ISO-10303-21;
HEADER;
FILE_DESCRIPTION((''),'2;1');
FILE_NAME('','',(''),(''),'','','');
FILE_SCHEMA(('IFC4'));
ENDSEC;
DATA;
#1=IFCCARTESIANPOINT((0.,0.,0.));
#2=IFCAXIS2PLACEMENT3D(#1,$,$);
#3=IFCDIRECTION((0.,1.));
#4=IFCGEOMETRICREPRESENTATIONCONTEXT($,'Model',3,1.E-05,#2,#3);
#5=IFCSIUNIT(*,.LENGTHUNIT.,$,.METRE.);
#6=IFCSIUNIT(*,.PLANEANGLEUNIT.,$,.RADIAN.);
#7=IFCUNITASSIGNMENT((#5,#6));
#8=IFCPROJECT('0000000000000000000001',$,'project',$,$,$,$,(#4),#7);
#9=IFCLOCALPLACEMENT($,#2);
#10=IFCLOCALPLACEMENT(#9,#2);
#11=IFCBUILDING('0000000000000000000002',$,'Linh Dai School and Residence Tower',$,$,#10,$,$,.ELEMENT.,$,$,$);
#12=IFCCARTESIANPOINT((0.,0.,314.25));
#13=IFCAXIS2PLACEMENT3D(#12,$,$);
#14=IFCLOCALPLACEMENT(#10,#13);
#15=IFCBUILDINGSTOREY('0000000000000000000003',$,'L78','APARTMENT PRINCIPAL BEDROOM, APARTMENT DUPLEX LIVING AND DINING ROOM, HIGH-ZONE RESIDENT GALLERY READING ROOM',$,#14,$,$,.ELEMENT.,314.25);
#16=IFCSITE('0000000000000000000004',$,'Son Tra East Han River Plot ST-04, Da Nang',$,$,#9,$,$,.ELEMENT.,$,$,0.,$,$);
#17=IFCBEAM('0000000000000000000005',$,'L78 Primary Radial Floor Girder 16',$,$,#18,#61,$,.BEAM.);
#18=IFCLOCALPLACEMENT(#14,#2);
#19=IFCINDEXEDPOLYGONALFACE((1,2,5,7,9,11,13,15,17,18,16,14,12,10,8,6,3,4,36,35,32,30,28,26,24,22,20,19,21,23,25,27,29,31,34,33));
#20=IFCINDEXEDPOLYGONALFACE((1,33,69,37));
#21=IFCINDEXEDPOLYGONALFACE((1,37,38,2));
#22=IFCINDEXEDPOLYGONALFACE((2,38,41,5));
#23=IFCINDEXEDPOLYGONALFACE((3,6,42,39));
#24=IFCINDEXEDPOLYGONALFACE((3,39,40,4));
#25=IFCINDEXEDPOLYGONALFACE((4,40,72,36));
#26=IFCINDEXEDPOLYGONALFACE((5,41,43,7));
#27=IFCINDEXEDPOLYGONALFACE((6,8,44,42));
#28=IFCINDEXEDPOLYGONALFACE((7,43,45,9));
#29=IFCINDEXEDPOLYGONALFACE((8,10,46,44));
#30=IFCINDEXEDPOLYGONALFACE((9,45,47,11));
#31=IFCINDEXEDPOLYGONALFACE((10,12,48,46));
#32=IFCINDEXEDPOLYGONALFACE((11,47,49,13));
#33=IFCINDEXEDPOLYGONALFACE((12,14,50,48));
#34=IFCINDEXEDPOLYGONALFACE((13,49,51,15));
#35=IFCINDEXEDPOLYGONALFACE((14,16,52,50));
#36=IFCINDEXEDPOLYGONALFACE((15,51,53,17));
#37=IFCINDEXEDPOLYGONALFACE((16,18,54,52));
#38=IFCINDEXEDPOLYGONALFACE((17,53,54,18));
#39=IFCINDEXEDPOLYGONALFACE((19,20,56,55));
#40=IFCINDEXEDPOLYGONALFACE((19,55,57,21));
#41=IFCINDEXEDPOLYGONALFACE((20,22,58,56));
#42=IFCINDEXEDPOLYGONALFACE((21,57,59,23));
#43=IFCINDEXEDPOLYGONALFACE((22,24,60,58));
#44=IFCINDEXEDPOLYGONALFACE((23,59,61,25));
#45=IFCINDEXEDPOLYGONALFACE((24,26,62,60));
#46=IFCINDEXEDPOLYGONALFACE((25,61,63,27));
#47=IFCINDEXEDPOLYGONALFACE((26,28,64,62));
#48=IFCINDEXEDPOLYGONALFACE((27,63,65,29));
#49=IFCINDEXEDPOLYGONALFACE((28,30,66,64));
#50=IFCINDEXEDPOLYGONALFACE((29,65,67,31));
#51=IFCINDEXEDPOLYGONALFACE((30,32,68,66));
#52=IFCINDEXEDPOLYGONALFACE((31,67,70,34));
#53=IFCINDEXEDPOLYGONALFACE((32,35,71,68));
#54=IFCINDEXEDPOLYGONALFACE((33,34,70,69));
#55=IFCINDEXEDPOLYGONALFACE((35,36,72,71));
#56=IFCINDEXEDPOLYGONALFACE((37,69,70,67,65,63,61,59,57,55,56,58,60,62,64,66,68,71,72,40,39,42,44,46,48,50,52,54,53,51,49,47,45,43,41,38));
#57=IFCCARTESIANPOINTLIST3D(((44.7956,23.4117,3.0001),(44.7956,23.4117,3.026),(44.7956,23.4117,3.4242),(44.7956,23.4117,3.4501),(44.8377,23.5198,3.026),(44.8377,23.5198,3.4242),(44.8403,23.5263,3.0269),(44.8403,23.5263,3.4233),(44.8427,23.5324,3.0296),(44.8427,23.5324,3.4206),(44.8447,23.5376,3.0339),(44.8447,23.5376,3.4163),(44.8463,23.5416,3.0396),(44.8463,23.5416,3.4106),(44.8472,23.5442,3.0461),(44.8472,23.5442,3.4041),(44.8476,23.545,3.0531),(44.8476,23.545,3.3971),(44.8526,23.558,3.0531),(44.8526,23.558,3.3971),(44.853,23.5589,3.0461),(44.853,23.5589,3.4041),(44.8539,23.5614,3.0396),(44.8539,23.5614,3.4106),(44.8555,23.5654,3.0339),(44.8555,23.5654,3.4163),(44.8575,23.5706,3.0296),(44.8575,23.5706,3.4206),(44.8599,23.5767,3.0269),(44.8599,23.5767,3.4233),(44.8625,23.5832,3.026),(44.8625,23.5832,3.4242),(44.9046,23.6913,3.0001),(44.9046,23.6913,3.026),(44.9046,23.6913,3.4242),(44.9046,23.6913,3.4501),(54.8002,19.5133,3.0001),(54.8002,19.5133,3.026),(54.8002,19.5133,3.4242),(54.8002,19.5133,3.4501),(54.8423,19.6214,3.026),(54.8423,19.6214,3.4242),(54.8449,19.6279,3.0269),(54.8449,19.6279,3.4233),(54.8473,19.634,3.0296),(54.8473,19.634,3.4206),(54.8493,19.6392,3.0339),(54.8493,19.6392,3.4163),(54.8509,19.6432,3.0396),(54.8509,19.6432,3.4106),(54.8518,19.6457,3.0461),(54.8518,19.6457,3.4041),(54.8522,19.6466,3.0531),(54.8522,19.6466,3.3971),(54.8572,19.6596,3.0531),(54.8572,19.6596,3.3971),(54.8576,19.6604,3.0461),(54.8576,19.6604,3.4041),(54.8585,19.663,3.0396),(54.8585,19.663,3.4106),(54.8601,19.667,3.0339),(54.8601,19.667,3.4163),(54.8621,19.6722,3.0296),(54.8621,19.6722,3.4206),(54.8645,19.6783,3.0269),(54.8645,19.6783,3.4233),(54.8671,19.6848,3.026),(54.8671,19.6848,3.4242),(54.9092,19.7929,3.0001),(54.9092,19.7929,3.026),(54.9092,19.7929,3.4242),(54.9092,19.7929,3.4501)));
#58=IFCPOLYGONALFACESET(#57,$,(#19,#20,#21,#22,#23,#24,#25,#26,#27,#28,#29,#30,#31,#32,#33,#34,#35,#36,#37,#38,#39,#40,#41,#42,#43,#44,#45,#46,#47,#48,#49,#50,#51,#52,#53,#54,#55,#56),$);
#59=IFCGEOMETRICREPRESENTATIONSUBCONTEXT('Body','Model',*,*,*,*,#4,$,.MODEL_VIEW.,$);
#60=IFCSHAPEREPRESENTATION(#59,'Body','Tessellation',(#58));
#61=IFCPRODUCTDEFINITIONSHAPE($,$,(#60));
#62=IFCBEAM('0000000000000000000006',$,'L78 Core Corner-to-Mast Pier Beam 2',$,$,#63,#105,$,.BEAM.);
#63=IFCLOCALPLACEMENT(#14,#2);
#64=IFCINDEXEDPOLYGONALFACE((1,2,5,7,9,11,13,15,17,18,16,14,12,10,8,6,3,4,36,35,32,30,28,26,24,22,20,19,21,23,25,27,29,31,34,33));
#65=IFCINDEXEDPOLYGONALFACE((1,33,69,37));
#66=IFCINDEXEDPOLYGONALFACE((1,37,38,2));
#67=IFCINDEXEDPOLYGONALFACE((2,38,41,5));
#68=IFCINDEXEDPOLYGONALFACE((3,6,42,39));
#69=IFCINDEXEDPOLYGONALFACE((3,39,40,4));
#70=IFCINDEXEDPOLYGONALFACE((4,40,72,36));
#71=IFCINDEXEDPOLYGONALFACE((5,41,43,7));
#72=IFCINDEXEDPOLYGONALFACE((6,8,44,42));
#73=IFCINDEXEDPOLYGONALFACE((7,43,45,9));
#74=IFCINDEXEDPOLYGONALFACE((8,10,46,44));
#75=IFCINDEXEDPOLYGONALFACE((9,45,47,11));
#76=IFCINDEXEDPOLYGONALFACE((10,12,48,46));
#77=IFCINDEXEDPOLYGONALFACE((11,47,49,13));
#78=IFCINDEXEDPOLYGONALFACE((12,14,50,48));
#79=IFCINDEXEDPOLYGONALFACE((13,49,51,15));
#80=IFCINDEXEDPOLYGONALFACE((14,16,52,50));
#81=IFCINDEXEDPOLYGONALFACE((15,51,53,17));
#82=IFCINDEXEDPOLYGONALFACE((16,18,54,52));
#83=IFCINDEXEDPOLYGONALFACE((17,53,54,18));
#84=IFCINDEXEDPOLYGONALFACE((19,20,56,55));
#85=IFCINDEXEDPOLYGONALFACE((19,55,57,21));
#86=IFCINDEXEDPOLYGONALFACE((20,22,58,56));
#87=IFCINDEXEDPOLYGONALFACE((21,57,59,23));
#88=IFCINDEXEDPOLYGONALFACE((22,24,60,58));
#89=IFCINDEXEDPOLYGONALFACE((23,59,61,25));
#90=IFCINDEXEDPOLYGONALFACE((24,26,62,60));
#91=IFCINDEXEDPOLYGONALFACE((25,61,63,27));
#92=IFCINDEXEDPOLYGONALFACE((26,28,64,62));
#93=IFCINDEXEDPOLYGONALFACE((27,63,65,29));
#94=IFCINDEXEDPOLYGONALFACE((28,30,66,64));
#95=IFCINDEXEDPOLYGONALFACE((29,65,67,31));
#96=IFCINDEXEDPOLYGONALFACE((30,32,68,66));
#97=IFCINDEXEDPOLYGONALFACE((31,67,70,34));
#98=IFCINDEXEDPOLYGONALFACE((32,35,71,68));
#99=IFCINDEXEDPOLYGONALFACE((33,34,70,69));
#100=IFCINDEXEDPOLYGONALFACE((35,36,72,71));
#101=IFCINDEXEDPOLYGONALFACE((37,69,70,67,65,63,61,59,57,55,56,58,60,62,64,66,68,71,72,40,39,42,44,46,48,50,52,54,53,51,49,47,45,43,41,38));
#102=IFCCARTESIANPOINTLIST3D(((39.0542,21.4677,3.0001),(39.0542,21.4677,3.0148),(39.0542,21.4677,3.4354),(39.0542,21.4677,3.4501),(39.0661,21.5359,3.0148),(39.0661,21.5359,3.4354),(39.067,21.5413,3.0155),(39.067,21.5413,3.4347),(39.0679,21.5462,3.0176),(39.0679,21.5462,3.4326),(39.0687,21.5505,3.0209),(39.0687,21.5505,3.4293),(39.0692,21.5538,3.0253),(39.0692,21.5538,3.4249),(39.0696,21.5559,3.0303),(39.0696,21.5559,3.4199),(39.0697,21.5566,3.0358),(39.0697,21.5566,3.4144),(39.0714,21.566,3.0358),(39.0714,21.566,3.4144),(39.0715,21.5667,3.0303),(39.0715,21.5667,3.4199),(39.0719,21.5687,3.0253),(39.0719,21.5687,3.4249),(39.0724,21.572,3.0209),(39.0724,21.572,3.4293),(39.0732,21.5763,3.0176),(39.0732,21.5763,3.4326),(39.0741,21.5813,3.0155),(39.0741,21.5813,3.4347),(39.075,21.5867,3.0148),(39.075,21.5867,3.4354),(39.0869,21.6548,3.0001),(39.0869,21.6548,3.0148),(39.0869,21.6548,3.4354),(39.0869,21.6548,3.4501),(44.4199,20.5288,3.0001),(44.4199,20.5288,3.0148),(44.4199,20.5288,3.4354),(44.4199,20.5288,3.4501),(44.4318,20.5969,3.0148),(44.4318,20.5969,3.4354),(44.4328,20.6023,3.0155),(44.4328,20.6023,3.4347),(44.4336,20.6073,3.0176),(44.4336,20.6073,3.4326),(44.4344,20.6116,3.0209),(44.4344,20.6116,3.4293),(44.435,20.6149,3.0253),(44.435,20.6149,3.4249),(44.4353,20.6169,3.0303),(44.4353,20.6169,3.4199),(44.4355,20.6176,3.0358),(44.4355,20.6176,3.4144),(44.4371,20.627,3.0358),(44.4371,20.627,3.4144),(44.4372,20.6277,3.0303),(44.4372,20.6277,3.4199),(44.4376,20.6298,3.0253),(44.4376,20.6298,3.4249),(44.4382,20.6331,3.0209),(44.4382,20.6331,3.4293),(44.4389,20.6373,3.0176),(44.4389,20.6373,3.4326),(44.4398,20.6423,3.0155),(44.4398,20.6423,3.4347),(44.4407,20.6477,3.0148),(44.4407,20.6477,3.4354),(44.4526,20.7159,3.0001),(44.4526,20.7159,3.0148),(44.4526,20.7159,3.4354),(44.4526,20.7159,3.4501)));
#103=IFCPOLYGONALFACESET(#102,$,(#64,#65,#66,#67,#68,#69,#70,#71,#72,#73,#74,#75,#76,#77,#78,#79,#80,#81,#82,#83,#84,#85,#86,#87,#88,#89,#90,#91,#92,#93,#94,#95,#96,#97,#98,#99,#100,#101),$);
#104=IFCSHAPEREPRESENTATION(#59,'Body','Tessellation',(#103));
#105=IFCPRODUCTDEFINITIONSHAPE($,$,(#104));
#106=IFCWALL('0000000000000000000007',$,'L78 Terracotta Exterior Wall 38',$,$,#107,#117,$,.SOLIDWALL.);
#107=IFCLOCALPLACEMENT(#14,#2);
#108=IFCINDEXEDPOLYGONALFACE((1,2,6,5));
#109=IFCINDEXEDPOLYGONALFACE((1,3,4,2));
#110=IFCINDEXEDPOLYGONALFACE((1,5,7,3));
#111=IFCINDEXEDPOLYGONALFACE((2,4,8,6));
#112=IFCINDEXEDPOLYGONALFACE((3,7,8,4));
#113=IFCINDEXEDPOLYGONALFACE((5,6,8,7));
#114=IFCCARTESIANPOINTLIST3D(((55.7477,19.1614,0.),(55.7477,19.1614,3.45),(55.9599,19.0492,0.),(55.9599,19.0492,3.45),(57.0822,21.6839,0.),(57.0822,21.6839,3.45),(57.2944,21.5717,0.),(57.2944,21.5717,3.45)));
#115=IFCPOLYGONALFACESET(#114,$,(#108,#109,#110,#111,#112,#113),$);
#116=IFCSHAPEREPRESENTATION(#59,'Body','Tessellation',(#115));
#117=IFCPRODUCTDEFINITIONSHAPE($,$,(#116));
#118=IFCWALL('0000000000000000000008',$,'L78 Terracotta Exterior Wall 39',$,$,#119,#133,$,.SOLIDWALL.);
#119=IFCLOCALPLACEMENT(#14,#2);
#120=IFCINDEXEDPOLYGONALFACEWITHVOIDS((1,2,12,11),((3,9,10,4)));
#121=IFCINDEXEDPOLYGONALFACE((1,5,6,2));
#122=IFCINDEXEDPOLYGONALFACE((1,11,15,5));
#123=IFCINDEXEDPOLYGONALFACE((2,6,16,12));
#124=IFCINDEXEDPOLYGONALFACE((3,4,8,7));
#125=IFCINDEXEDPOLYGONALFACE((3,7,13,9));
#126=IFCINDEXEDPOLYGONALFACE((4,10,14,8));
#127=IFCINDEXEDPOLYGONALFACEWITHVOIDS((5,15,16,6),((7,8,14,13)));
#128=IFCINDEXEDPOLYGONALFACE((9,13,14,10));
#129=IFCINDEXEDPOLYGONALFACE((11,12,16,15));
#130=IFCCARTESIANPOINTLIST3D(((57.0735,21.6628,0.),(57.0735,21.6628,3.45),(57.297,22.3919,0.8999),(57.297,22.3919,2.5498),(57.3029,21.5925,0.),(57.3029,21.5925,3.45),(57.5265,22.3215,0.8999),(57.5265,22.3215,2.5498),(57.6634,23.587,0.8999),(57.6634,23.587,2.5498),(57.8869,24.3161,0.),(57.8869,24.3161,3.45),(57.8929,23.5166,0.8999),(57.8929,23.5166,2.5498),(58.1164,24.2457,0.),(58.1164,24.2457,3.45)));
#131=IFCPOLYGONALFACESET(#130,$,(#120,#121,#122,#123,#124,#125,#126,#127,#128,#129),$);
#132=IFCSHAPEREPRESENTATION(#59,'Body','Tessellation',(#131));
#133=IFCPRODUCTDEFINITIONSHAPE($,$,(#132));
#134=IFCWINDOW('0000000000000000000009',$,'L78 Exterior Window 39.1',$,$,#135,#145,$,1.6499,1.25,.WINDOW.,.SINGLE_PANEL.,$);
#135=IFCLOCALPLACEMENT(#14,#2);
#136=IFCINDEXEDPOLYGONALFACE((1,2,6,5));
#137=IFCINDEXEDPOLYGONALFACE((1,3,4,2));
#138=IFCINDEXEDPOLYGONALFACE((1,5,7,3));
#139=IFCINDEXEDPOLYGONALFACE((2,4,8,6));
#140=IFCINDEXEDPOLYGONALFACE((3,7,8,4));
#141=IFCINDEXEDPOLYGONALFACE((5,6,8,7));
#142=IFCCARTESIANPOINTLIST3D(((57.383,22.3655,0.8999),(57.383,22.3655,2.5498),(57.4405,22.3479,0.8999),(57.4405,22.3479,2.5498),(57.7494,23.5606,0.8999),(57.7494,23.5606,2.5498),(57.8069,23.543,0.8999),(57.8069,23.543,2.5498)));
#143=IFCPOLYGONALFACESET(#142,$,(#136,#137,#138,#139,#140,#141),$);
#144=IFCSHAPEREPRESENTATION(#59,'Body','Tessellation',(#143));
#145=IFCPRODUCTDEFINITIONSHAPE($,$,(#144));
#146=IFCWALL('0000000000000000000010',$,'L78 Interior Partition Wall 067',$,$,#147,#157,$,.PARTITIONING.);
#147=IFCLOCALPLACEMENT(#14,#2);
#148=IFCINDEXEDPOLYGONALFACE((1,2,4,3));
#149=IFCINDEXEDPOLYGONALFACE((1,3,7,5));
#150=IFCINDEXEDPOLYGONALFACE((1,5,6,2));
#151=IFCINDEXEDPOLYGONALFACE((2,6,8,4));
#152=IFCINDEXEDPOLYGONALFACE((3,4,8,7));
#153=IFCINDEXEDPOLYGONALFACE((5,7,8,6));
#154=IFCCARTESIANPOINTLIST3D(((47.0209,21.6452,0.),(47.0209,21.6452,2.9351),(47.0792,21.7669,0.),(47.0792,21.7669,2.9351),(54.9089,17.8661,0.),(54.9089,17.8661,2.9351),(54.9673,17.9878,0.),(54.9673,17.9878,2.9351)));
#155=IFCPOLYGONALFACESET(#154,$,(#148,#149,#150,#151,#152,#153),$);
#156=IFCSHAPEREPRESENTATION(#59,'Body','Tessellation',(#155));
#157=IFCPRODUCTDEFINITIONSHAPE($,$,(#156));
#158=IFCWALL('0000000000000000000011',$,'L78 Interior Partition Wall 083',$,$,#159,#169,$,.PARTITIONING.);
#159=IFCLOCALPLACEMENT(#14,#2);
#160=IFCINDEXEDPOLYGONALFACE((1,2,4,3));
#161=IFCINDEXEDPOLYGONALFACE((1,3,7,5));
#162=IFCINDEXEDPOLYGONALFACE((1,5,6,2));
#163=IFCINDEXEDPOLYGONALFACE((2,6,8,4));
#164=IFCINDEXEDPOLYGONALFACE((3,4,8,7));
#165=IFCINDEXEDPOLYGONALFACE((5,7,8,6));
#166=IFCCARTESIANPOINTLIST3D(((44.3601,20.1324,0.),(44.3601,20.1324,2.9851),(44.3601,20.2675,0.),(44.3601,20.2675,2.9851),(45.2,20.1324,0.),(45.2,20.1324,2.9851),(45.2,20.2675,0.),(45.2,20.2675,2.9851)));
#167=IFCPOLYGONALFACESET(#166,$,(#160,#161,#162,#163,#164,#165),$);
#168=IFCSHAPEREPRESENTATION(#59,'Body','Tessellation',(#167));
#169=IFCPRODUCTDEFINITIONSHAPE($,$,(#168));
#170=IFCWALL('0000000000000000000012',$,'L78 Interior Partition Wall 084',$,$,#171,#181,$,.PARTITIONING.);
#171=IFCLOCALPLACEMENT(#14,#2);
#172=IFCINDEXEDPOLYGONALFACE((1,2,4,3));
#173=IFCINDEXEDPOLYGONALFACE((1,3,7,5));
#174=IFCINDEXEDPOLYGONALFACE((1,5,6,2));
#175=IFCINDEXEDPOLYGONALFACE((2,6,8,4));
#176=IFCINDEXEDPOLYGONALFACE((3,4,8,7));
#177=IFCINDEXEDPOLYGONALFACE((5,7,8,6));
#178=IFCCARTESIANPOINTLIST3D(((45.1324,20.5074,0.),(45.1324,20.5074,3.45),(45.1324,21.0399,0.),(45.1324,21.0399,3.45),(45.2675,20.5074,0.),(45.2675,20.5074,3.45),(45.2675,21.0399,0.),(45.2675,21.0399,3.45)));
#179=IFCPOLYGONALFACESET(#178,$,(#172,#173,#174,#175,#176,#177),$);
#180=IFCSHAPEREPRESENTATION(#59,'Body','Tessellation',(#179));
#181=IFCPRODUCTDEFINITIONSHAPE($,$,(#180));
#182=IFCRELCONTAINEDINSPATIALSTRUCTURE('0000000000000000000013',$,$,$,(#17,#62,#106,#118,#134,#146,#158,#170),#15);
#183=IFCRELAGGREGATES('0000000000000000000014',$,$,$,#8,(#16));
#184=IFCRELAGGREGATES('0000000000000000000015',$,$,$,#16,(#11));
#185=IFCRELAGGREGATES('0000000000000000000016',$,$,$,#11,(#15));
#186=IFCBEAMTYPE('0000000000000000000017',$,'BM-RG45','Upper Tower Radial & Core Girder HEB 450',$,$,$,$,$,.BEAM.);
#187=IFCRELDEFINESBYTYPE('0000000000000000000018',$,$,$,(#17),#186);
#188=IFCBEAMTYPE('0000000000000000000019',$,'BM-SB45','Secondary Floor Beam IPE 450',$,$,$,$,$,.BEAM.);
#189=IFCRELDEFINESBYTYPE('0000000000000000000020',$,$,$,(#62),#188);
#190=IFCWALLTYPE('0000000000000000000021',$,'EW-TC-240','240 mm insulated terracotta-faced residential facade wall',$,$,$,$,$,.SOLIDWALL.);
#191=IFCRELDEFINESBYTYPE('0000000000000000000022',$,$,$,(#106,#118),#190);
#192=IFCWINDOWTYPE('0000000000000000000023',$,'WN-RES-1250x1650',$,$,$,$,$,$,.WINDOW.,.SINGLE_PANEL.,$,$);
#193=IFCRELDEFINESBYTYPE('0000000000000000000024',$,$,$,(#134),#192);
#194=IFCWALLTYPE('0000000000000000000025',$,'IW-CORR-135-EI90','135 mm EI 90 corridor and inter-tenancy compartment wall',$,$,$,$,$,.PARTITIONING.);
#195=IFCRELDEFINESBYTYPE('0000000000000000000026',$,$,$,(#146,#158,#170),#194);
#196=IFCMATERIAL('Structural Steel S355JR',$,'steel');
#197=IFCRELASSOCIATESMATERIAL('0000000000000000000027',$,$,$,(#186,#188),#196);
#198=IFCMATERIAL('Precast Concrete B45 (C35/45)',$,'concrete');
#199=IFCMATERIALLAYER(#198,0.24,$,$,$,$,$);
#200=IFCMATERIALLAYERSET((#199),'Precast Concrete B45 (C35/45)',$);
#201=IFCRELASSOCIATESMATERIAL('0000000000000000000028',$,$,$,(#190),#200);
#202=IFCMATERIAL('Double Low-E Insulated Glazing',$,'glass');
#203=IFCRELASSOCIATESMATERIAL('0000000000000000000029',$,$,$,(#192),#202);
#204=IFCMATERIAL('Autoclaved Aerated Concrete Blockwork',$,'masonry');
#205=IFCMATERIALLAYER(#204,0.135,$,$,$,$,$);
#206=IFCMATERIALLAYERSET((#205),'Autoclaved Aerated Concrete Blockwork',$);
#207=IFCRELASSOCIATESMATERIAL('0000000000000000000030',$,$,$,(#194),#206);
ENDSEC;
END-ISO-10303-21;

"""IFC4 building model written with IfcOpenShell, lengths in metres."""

from ifc_helpers import new_model, si_unit, direction, frame, frame_2d, origin, origin_2d, place, context, subcontext, project, spatial, rectangle, i_section, extrude, source, transform, mapped, material, layer, layer_set, material_profile, profile_set, type_object, element, fill, save


model = new_model("IFC4")

# Units and contexts
model_context = context("Model", 3, precision=1e-05, world=origin(), true_north=direction((0.0, 1.0)))
body_context = subcontext(model_context, "Body", "Model", "MODEL_VIEW")
ifc_project = project(units=[si_unit("LENGTHUNIT", "METRE"), si_unit("PLANEANGLEUNIT", "RADIAN")], contexts=[model_context])

# Site, building, storey
site_placement = place(None, origin())
site = spatial("IfcSite", under=ifc_project, at=site_placement, Name="Son Tra East Han River Plot ST-04, Da Nang", CompositionType="ELEMENT", RefElevation=0.0)
building_placement = place(site_placement, origin())
building = spatial("IfcBuilding", under=site, at=building_placement, Name="Linh Dai School and Residence Tower", CompositionType="ELEMENT")
storey_placement = place(building_placement, frame((0.0, 0.0, 314.25)))
storey = spatial("IfcBuildingStorey", under=building, at=storey_placement, Name="L78", Description="APARTMENT PRINCIPAL BEDROOM, APARTMENT DUPLEX LIVING AND DINING ROOM, HIGH-ZONE RESIDENT GALLERY READING ROOM", CompositionType="ELEMENT", Elevation=314.25)

# Shared definitions
ifc_material_1 = material(Name="Structural Steel S355JR", Category="steel")

# Beams
ifc_material_profile_1 = material_profile(ifc_material_1, i_section(OverallWidth=0.3, OverallDepth=0.45, WebThickness=0.0139, FlangeThickness=0.0259, FilletRadius=0.0271, at=origin_2d()), Name="HEB 450")
ifc_profile_set_1 = profile_set([ifc_material_profile_1], Name="Structural Steel S355JR")
beam_type_1 = type_object("IfcBeamType", Name="BM-RG45", Description="Upper Tower Radial & Core Girder HEB 450", PredefinedType="BEAM", material=ifc_profile_set_1)
beam_1_placement = place(storey_placement, frame((44.8501, 23.5515, 3.2251), z_axis=(0.931761, -0.363073, 0.0), x_axis=(0.363073, 0.931761, 0.0)))
element("IfcBeam", 1, at=beam_1_placement, inside=storey, type_object=beam_type_1, Name="L78 Primary Radial Floor Girder 16", PredefinedType="BEAM", context=body_context, shape_type="SweptSolid", body=[
    extrude(i_section(OverallWidth=0.3, OverallDepth=0.45, WebThickness=0.0139, FlangeThickness=0.0259, FilletRadius=0.0271, at=origin_2d()), origin(), (0.0, 0.0, 1.0), 10.7373),
])
ifc_material_profile_2 = material_profile(ifc_material_1, i_section(OverallWidth=0.1899, OverallDepth=0.45, WebThickness=0.0095, FlangeThickness=0.0146, FilletRadius=0.021, at=origin_2d()), Name="IPE 450")
ifc_profile_set_2 = profile_set([ifc_material_profile_2], Name="Structural Steel S355JR")
beam_type_2 = type_object("IfcBeamType", Name="BM-SB45", Description="Secondary Floor Beam IPE 450", PredefinedType="BEAM", material=ifc_profile_set_2)
beam_2_placement = place(storey_placement, frame((44.4363, 20.6223, 3.2251), z_axis=(-0.985032, 0.172374, 0.0), x_axis=(-0.172374, -0.985032, 0.0)))
element("IfcBeam", 2, at=beam_2_placement, inside=storey, type_object=beam_type_2, Name="L78 Core Corner-to-Mast Pier Beam 2", PredefinedType="BEAM", context=body_context, shape_type="SweptSolid", body=[
    extrude(i_section(OverallWidth=0.1899, OverallDepth=0.45, WebThickness=0.0095, FlangeThickness=0.0146, FilletRadius=0.021, at=origin_2d()), origin(), (0.0, 0.0, 1.0), 5.4473),
])

# Wall
ifc_material_2 = material(Name="Precast Concrete B45 (C35/45)", Category="concrete")
ifc_layer_1 = layer(ifc_material_2, 0.24)
ifc_layer_set_1 = layer_set([ifc_layer_1], Name="Precast Concrete B45 (C35/45)")
wall_type_1 = type_object("IfcWallType", Name="EW-TC-240", Description="240 mm insulated terracotta-faced residential facade wall", PredefinedType="SOLIDWALL", material=ifc_layer_set_1)
wall_1_placement = place(storey_placement, frame((57.1882, 21.6277, 0.0), z_axis=(0.0, 0.0, 1.0), x_axis=(-0.467628, -0.883925, 0.0)))
element("IfcWall", 3, at=wall_1_placement, inside=storey, type_object=wall_type_1, Name="L78 Terracotta Exterior Wall 38", PredefinedType="SOLIDWALL", context=body_context, shape_type="SweptSolid", body=[
    extrude(rectangle(XDim=2.8538, YDim=0.24, at=frame_2d((1.4268, 0.0))), origin(), (0.0, 0.0, 1.0), 3.45),
])

# Wall, opening, window
wall_2_placement = place(storey_placement, frame((58.0017, 24.281, 0.0), z_axis=(0.0, 0.0, 1.0), x_axis=(-0.293121, -0.956075, 0.0)))
wall_2 = element("IfcWall", 4, at=wall_2_placement, inside=storey, type_object=wall_type_1, Name="L78 Terracotta Exterior Wall 39", PredefinedType="SOLIDWALL", context=body_context, shape_type="SweptSolid", body=[
    extrude(rectangle(XDim=2.7751, YDim=0.24, at=frame_2d((1.3877, 0.0))), origin(), (0.0, 0.0, 1.0), 3.45),
])
opening_1_placement = place(wall_2_placement, frame((0.7627, 0.0, 0.8999)))
opening_1 = element("IfcOpeningElement", 5, at=opening_1_placement, cuts=wall_2, PredefinedType="OPENING", context=body_context, shape_type="SweptSolid", body=[
    extrude(rectangle(XDim=1.25, YDim=1.6499, at=origin_2d()), frame((0.625, 0.1299, 0.825), z_axis=(0.0, -1.0, 0.0), x_axis=(1.0, 0.0, 0.0)), (0.0, 0.0, 1.0), 0.26),
])
ifc_material_3 = material(Name="Double Low-E Insulated Glazing", Category="glass")
window_type = type_object("IfcWindowType", Name="WN-RES-1250x1650", PartitioningType="SINGLE_PANEL", PredefinedType="WINDOW", material=ifc_material_3)
shared_shape_1 = source(origin(), body_context, "Body", "SweptSolid", [
    extrude(rectangle(XDim=1.25, YDim=1.6499, at=origin_2d()), frame((0.625, 0.03, 0.825), z_axis=(0.0, -1.0, 0.0), x_axis=(1.0, 0.0, 0.0)), (0.0, 0.0, 1.0), 0.0601),
])
window_placement = place(opening_1_placement, origin())
window = element("IfcWindow", 6, at=window_placement, inside=storey, type_object=window_type, Name="L78 Exterior Window 39.1", OverallHeight=1.6499, OverallWidth=1.25, PartitioningType="SINGLE_PANEL", PredefinedType="WINDOW", context=body_context, shape_type="MappedRepresentation", body=[
    mapped(shared_shape_1, transform((0.0, 0.0, 0.0), x_axis=(1.0, 0.0, 0.0), y_axis=(0.0, 1.0, 0.0), z_axis=(0.0, 0.0, 1.0), scale=1.0)),
])
fill(opening_1, window)

# Walls
ifc_material_4 = material(Name="Autoclaved Aerated Concrete Blockwork", Category="masonry")
ifc_layer_2 = layer(ifc_material_4, 0.135)
ifc_layer_set_2 = layer_set([ifc_layer_2], Name="Autoclaved Aerated Concrete Blockwork")
wall_type_2 = type_object("IfcWallType", Name="IW-CORR-135-EI90", Description="135 mm EI 90 corridor and inter-tenancy compartment wall", PredefinedType="PARTITIONING", material=ifc_layer_set_2)
wall_3_placement = place(storey_placement, frame((47.05, 21.7061, 0.0), z_axis=(0.0, 0.0, 1.0), x_axis=(0.901842, -0.432066, 0.0)))
element("IfcWall", 7, at=wall_3_placement, inside=storey, type_object=wall_type_2, Name="L78 Interior Partition Wall 067", PredefinedType="PARTITIONING", context=body_context, shape_type="SweptSolid", body=[
    extrude(rectangle(XDim=8.7466, YDim=0.135, at=frame_2d((4.3733, 0.0))), origin(), (0.0, 0.0, 1.0), 2.9351),
])
wall_4_placement = place(storey_placement, frame((44.3601, 20.2, 0.0), z_axis=(0.0, 0.0, 1.0), x_axis=(1.0, 0.0, 0.0)))
element("IfcWall", 8, at=wall_4_placement, inside=storey, type_object=wall_type_2, Name="L78 Interior Partition Wall 083", PredefinedType="PARTITIONING", context=body_context, shape_type="SweptSolid", body=[
    extrude(rectangle(XDim=0.8398, YDim=0.135, at=frame_2d((0.4199, 0.0))), origin(), (0.0, 0.0, 1.0), 2.9851),
])
wall_5_placement = place(storey_placement, frame((45.2, 20.5076, 0.0), z_axis=(0.0, 0.0, 1.0), x_axis=(0.0, 1.0, 0.0)))
element("IfcWall", 9, at=wall_5_placement, inside=storey, type_object=wall_type_2, Name="L78 Interior Partition Wall 084", PredefinedType="PARTITIONING", context=body_context, shape_type="SweptSolid", body=[
    extrude(rectangle(XDim=0.5325, YDim=0.135, at=frame_2d((0.2661, 0.0))), origin(), (0.0, 0.0, 1.0), 3.45),
])

save(model, "model.ifc")
